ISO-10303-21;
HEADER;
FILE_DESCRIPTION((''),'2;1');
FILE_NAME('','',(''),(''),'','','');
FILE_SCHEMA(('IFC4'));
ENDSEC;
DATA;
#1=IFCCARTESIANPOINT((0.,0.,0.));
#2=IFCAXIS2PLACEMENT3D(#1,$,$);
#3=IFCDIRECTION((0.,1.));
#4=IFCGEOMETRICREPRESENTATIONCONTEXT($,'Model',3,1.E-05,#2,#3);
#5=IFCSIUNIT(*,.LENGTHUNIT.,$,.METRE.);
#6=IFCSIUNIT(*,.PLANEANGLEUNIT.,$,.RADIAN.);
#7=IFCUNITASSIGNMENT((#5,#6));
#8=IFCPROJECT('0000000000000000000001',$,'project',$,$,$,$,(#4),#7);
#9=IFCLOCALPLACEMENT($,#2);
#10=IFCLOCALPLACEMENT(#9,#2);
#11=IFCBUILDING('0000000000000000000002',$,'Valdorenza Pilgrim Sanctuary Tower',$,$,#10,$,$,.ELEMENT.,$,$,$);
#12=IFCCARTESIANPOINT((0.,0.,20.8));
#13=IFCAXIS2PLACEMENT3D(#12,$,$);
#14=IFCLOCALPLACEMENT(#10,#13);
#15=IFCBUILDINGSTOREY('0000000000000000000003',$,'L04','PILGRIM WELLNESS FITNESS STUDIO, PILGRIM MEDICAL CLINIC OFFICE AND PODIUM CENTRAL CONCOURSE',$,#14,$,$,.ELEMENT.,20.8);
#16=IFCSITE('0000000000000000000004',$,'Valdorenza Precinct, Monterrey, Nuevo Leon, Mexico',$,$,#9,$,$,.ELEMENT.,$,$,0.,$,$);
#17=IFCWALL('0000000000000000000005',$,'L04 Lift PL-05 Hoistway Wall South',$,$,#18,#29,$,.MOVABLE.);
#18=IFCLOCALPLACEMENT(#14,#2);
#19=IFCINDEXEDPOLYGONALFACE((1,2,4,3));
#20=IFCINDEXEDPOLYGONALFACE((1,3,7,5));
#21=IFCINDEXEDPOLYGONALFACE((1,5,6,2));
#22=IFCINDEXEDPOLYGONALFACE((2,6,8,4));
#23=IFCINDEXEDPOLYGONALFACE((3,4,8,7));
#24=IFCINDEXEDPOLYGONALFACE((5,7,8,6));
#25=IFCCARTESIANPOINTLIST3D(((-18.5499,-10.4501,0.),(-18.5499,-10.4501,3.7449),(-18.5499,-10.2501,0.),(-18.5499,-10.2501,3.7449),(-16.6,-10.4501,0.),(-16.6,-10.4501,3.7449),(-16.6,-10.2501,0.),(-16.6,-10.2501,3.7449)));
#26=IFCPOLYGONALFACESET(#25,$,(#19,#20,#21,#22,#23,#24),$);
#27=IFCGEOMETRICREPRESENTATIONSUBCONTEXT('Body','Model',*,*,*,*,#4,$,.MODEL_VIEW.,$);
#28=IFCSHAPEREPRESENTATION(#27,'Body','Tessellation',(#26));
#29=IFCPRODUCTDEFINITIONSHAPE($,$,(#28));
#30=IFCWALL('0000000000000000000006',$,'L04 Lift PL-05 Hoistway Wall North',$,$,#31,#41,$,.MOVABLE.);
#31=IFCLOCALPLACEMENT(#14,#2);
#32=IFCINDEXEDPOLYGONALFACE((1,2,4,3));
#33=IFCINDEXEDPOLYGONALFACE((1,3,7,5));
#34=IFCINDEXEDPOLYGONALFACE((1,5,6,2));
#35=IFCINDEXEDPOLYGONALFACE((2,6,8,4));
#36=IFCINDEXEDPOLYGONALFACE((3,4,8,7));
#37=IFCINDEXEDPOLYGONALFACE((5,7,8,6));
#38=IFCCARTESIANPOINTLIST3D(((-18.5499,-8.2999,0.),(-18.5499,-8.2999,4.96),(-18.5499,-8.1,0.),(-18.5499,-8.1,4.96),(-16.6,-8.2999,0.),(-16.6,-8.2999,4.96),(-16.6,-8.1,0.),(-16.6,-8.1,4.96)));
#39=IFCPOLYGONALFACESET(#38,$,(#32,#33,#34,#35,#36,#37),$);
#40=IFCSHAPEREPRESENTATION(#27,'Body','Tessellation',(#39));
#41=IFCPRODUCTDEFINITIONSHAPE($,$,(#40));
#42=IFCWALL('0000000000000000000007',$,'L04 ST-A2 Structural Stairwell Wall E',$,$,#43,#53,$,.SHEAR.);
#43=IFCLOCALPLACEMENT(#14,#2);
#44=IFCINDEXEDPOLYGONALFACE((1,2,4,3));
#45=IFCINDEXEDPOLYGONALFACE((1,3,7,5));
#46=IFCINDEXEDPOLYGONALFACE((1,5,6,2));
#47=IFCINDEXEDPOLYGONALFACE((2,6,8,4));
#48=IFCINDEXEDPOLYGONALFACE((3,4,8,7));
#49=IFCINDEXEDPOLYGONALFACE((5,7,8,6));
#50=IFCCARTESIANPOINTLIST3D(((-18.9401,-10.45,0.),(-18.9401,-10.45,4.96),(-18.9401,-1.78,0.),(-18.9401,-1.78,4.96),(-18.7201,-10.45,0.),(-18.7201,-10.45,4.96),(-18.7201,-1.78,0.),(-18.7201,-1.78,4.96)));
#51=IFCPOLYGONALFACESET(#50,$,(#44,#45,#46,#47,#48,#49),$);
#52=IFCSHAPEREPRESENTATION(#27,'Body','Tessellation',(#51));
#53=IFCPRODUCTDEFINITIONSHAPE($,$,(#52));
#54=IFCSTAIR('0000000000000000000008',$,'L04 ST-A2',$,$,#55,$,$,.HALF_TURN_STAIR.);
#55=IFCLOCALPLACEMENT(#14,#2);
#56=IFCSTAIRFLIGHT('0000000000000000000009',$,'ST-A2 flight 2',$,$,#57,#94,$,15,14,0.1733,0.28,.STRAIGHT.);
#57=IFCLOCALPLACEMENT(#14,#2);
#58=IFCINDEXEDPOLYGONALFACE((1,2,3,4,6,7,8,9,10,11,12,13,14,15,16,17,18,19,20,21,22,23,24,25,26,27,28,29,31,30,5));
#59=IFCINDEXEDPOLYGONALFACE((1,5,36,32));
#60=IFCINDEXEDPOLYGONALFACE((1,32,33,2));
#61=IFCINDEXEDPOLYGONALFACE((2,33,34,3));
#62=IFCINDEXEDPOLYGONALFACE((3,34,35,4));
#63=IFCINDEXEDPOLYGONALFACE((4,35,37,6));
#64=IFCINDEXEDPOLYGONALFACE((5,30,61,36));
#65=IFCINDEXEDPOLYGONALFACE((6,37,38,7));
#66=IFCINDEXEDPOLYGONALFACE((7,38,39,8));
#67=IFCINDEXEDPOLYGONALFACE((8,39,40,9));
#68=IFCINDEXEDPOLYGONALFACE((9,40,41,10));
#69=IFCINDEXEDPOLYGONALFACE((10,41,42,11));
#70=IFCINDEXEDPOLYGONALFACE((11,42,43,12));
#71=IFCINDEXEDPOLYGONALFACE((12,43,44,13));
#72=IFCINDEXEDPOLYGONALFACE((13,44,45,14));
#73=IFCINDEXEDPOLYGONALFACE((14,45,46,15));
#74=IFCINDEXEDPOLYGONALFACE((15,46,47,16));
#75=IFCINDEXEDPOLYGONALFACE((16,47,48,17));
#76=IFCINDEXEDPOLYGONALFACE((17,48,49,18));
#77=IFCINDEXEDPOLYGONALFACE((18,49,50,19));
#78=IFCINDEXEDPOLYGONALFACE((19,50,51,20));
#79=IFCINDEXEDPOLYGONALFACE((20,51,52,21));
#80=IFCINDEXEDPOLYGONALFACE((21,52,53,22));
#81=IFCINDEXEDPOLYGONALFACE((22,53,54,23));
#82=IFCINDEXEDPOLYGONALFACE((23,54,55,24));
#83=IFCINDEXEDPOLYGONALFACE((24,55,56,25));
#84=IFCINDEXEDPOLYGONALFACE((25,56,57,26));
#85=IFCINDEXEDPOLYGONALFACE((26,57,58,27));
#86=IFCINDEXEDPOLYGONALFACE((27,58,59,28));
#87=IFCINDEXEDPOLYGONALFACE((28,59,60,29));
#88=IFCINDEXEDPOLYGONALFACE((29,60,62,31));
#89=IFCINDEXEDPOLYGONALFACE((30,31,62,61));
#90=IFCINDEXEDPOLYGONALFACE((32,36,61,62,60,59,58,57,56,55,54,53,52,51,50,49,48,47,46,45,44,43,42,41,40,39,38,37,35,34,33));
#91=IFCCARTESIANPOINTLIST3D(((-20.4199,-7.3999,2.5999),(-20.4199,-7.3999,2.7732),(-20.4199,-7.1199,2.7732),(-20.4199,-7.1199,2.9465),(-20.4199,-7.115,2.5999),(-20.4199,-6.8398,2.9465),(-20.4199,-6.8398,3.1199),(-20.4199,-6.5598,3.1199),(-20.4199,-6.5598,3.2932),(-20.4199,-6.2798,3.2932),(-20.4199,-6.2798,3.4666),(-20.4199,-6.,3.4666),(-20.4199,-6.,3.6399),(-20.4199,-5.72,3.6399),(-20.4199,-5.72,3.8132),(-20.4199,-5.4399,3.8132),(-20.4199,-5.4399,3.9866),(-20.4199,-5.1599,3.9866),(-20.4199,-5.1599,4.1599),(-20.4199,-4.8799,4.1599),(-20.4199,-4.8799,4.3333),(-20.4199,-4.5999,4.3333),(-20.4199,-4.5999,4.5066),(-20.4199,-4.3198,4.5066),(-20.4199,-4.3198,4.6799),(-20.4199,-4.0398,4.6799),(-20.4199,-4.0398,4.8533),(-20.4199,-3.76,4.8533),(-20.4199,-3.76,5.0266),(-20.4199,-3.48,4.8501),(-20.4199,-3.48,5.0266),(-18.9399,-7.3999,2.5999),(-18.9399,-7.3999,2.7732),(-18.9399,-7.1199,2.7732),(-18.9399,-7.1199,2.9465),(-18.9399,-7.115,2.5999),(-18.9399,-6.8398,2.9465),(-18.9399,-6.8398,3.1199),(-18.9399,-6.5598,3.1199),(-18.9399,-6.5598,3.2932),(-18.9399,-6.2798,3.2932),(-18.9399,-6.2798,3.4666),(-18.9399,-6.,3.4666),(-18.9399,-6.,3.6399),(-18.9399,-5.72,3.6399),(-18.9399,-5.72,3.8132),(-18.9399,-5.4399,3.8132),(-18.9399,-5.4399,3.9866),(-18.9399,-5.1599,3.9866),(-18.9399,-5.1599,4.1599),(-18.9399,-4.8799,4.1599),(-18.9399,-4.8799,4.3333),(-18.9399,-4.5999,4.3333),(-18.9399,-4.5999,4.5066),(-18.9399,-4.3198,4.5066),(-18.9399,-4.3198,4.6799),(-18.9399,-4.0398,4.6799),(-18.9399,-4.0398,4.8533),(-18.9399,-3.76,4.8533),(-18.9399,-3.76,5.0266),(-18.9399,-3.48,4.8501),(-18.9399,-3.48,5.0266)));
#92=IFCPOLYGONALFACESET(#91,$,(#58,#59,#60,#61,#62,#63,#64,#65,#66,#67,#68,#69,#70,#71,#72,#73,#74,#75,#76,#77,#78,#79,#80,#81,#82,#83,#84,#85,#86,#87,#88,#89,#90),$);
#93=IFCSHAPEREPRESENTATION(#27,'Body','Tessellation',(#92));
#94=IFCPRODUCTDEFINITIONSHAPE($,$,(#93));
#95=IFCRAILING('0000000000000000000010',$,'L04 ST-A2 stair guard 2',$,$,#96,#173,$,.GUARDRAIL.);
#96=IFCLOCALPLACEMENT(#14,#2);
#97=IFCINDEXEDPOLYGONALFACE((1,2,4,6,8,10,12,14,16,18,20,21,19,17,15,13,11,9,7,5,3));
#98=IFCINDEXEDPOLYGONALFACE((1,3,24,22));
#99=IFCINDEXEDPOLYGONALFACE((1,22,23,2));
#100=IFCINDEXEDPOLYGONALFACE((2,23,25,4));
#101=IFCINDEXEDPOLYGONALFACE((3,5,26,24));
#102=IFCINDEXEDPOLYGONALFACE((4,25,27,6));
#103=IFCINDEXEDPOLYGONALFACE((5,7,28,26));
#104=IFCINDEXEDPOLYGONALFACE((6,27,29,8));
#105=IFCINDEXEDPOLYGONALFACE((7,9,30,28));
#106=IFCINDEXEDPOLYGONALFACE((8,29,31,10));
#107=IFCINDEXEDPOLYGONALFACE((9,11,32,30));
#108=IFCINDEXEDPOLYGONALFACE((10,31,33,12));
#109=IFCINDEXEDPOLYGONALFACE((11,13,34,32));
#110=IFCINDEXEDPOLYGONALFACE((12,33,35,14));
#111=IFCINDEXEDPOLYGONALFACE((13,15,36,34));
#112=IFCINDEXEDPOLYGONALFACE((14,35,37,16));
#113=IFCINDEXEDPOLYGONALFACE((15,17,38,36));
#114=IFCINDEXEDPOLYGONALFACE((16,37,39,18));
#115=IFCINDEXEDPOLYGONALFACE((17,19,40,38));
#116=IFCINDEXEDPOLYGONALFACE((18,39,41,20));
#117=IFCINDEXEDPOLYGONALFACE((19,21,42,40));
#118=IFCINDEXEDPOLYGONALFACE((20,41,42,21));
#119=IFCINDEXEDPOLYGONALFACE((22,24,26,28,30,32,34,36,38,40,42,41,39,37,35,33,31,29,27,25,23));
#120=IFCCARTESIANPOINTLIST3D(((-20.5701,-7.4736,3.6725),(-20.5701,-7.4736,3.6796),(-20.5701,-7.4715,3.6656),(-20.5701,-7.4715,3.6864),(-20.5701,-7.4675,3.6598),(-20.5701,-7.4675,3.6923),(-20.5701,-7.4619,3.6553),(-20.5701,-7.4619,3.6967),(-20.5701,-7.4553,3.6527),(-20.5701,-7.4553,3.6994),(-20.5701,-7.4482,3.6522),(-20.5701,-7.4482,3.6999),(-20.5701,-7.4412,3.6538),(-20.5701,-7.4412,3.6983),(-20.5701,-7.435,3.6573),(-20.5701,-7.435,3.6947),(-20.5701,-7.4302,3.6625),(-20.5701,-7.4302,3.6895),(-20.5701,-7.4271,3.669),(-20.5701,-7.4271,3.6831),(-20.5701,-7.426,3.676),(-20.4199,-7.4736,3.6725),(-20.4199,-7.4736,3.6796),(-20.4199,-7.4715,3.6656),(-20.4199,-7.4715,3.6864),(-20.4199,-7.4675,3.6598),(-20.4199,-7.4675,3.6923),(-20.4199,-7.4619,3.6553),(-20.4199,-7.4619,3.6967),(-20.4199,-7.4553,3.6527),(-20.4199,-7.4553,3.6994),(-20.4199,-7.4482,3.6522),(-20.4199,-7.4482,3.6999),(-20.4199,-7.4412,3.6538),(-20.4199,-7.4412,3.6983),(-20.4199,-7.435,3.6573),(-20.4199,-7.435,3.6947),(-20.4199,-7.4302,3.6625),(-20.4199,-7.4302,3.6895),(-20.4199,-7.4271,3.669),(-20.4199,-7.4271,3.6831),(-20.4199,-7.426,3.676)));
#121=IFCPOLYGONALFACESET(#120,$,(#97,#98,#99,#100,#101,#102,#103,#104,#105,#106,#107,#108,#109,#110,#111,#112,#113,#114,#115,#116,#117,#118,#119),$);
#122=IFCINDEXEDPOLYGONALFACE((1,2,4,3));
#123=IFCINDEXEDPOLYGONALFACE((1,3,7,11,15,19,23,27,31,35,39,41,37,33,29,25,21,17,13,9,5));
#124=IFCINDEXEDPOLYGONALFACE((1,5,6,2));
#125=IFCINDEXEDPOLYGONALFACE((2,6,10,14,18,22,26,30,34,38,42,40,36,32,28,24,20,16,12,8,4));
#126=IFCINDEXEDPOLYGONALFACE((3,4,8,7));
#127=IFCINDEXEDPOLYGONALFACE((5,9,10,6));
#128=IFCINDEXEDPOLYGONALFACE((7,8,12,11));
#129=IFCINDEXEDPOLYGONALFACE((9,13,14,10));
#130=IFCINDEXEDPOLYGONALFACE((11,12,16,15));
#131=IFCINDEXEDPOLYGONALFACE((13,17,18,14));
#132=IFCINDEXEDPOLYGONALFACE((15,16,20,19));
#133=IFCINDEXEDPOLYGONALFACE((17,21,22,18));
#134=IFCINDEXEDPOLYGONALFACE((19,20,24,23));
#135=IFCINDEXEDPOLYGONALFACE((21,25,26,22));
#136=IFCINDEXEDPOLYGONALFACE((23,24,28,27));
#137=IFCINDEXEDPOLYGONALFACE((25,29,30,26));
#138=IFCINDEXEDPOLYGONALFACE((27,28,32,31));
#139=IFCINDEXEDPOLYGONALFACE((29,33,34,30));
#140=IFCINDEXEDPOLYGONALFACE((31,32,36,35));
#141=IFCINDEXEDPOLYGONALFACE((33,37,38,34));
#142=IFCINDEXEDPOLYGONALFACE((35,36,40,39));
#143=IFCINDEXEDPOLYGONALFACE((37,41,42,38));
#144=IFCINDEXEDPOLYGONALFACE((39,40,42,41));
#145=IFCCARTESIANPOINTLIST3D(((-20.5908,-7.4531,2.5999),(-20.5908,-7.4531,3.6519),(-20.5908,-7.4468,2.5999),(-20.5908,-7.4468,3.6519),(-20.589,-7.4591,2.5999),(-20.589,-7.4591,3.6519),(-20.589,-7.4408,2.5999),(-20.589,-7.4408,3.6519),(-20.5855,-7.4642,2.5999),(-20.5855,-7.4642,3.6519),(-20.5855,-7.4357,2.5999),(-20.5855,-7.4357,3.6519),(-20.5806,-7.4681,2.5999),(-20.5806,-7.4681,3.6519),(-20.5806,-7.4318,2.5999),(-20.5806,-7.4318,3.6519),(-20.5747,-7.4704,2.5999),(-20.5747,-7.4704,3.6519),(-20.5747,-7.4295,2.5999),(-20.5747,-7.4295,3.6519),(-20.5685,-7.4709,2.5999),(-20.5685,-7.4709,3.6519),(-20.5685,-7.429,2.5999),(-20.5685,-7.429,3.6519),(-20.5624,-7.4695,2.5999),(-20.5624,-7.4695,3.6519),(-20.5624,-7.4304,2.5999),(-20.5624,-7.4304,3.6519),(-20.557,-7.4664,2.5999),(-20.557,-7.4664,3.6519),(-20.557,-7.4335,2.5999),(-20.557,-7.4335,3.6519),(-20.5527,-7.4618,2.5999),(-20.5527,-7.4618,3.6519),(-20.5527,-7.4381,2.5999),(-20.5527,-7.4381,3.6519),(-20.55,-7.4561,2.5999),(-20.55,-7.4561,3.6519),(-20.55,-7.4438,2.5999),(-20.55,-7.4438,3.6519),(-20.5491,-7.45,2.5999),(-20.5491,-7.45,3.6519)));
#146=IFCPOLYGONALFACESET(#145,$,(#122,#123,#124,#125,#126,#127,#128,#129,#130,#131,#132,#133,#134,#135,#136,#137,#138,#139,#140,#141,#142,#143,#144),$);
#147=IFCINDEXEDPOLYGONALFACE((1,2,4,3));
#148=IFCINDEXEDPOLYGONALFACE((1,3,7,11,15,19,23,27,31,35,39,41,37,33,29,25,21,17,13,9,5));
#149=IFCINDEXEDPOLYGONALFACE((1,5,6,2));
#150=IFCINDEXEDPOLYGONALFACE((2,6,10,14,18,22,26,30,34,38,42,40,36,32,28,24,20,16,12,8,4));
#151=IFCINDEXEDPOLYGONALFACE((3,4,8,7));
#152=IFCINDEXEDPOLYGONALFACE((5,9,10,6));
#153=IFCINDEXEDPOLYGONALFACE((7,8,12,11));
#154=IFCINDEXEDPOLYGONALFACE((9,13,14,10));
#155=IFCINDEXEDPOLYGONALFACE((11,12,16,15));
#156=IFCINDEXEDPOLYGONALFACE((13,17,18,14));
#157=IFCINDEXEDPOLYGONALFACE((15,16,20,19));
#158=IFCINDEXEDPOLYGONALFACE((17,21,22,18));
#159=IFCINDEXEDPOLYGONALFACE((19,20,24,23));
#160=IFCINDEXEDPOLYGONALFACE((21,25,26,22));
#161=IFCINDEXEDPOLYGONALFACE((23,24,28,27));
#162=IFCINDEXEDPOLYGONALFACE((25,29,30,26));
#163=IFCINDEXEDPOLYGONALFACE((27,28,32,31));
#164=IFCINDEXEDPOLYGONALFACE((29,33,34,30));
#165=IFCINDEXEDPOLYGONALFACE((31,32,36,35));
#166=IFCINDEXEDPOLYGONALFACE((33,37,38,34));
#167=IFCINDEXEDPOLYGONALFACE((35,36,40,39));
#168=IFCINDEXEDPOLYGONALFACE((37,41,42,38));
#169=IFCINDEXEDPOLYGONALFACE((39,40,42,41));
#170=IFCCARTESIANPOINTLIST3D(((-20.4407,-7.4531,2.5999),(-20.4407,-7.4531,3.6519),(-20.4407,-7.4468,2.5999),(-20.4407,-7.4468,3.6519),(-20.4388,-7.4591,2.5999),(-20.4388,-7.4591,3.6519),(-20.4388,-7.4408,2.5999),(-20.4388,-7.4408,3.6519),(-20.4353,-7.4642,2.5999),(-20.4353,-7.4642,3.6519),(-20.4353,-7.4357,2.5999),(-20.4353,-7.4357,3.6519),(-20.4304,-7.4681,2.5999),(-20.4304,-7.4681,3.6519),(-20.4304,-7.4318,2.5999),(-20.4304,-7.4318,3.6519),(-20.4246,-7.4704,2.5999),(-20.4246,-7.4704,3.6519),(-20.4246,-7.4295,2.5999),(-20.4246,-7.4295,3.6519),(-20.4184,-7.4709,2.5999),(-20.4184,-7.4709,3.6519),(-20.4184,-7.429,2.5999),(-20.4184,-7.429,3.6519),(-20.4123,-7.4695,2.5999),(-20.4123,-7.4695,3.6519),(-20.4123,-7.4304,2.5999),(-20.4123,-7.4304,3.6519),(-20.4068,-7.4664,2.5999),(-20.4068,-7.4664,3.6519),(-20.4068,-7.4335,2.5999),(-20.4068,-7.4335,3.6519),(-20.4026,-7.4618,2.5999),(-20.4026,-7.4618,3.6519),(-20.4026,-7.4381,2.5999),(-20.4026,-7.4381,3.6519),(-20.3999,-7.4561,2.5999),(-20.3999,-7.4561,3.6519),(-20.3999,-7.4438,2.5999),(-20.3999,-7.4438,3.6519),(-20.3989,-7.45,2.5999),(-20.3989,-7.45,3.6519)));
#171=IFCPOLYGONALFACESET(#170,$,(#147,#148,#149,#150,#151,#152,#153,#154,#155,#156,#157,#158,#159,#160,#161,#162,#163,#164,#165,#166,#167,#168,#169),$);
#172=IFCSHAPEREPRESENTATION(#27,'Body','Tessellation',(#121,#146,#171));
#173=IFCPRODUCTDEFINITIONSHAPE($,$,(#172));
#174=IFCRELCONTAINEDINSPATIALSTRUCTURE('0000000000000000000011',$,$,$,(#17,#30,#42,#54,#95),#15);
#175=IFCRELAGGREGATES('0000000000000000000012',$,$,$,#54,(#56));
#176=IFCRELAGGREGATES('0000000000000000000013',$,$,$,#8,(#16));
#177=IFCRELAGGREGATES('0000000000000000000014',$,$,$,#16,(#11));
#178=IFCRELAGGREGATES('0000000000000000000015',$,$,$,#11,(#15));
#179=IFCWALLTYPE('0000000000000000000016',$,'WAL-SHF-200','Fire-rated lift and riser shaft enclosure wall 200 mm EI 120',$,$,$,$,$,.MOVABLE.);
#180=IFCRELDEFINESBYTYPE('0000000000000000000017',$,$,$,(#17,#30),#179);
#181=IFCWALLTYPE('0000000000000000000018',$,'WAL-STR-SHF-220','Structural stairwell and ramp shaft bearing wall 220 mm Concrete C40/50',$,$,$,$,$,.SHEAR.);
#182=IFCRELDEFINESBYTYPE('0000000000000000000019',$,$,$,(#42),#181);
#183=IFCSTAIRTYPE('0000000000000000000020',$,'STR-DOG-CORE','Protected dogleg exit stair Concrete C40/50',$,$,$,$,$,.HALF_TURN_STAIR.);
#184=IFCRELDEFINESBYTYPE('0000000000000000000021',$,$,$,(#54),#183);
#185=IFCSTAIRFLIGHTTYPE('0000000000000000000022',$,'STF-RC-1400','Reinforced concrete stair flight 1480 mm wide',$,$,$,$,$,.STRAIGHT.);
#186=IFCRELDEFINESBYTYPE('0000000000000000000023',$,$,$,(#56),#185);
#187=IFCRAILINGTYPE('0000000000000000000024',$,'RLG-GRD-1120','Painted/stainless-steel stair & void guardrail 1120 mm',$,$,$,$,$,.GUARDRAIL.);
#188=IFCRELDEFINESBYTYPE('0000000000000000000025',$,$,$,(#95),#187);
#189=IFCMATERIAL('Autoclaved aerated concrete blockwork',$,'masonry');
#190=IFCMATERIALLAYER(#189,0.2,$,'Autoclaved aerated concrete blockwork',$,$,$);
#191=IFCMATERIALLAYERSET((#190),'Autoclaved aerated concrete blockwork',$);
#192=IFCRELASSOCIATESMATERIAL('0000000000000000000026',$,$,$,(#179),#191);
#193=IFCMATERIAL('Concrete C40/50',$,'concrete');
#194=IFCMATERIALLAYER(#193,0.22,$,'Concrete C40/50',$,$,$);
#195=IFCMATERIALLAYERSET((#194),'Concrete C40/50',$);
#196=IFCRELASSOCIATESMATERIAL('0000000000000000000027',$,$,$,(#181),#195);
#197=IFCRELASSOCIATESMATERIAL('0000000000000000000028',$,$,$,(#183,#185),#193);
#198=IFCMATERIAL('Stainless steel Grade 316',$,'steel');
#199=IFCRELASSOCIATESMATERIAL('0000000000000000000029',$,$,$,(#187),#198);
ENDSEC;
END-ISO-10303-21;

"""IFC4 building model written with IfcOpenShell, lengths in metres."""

from ifc_helpers import new_model, si_unit, direction, frame, frame_2d, origin, origin_2d, place, context, subcontext, project, spatial, polyline, rectangle, circle, outline, extrude, material, layer, layer_set, type_object, element, aggregate, save


model = new_model("IFC4")

# Units and contexts
model_context = context("Model", 3, precision=1e-05, world=origin(), true_north=direction((0.0, 1.0)))
body_context = subcontext(model_context, "Body", "Model", "MODEL_VIEW")
ifc_project = project(units=[si_unit("LENGTHUNIT", "METRE"), si_unit("PLANEANGLEUNIT", "RADIAN")], contexts=[model_context])

# Site, building, storey
site_placement = place(None, origin())
site = spatial("IfcSite", under=ifc_project, at=site_placement, Name="Valdorenza Precinct, Monterrey, Nuevo Leon, Mexico", CompositionType="ELEMENT", RefElevation=0.0)
building_placement = place(site_placement, origin())
building = spatial("IfcBuilding", under=site, at=building_placement, Name="Valdorenza Pilgrim Sanctuary Tower", CompositionType="ELEMENT")
storey_placement = place(building_placement, frame((0.0, 0.0, 20.8)))
storey = spatial("IfcBuildingStorey", under=building, at=storey_placement, Name="L04", Description="PILGRIM WELLNESS FITNESS STUDIO, PILGRIM MEDICAL CLINIC OFFICE AND PODIUM CENTRAL CONCOURSE", CompositionType="ELEMENT", Elevation=20.8)

# Shared definitions
ifc_material_1 = material(Name="Autoclaved aerated concrete blockwork", Category="masonry")
ifc_layer_1 = layer(ifc_material_1, 0.2, Name="Autoclaved aerated concrete blockwork")
ifc_layer_set_1 = layer_set([ifc_layer_1], Name="Autoclaved aerated concrete blockwork")
wall_type_1 = type_object("IfcWallType", Name="WAL-SHF-200", Description="Fire-rated lift and riser shaft enclosure wall 200 mm EI 120", PredefinedType="MOVABLE", material=ifc_layer_set_1)

# Walls
wall_1_placement = place(storey_placement, frame((-18.55, -10.3501, 0.0), z_axis=(0.0, 0.0, 1.0), x_axis=(1.0, 0.0, 0.0)))
element("IfcWall", 1, at=wall_1_placement, inside=storey, type_object=wall_type_1, Name="L04 Lift PL-05 Hoistway Wall South", PredefinedType="MOVABLE", context=body_context, shape_type="SweptSolid", body=[
    extrude(rectangle(XDim=1.95, YDim=0.2, at=frame_2d((0.9751, 0.0))), origin(), (0.0, 0.0, 1.0), 3.7449),
])
wall_2_placement = place(storey_placement, frame((-18.55, -8.2, 0.0), z_axis=(0.0, 0.0, 1.0), x_axis=(1.0, 0.0, 0.0)))
element("IfcWall", 2, at=wall_2_placement, inside=storey, type_object=wall_type_1, Name="L04 Lift PL-05 Hoistway Wall North", PredefinedType="MOVABLE", context=body_context, shape_type="SweptSolid", body=[
    extrude(rectangle(XDim=1.95, YDim=0.2, at=frame_2d((0.9751, 0.0))), origin(), (0.0, 0.0, 1.0), 4.96),
])
ifc_material_2 = material(Name="Concrete C40/50", Category="concrete")
ifc_layer_2 = layer(ifc_material_2, 0.22, Name="Concrete C40/50")
ifc_layer_set_2 = layer_set([ifc_layer_2], Name="Concrete C40/50")
wall_type_2 = type_object("IfcWallType", Name="WAL-STR-SHF-220", Description="Structural stairwell and ramp shaft bearing wall 220 mm Concrete C40/50", PredefinedType="SHEAR", material=ifc_layer_set_2)
wall_3_placement = place(storey_placement, frame((-18.8301, -10.45, 0.0), z_axis=(0.0, 0.0, 1.0), x_axis=(0.0, 1.0, 0.0)))
element("IfcWall", 3, at=wall_3_placement, inside=storey, type_object=wall_type_2, Name="L04 ST-A2 Structural Stairwell Wall E", PredefinedType="SHEAR", context=body_context, shape_type="SweptSolid", body=[
    extrude(rectangle(XDim=8.6699, YDim=0.22, at=frame_2d((4.335, 0.0))), origin(), (0.0, 0.0, 1.0), 4.96),
])

# Stair, stair flight
stair_type = type_object("IfcStairType", Name="STR-DOG-CORE", Description="Protected dogleg exit stair Concrete C40/50", PredefinedType="HALF_TURN_STAIR", material=ifc_material_2)
stair_placement = place(storey_placement, origin())
stair = element("IfcStair", 4, at=stair_placement, inside=storey, type_object=stair_type, Name="L04 ST-A2", PredefinedType="HALF_TURN_STAIR")
stair_flight_type = type_object("IfcStairFlightType", Name="STF-RC-1400", Description="Reinforced concrete stair flight 1480 mm wide", PredefinedType="STRAIGHT", material=ifc_material_2)
stair_flight_placement = place(storey_placement, frame((-19.6799, -7.3999, 2.5999), z_axis=(0.0, 0.0, 1.0), x_axis=(0.0, 1.0, 0.0)))
stair_flight = element("IfcStairFlight", 5, at=stair_flight_placement, type_object=stair_flight_type, Name="ST-A2 flight 2", NumberOfRisers=15, NumberOfTreads=14, PredefinedType="STRAIGHT", RiserHeight=0.1733, TreadLength=0.28, context=body_context, shape_type="SweptSolid", body=[
    extrude(outline(polyline([(0.0, 0.0), (0.0, 0.1733), (0.28, 0.1733), (0.28, 0.3467), (0.5601, 0.3467), (0.5601, 0.52), (0.8401, 0.52), (0.8401, 0.6934), (1.1201, 0.6934), (1.1201, 0.8667), (1.3999, 0.8667), (1.3999, 1.04), (1.6799, 1.04), (1.6799, 1.2134), (1.96, 1.2134), (1.96, 1.3867), (2.24, 1.3867), (2.24, 1.5601), (2.52, 1.5601), (2.52, 1.7334), (2.8, 1.7334), (2.8, 1.9067), (3.0801, 1.9067), (3.0801, 2.0801), (3.3601, 2.0801), (3.3601, 2.2534), (3.6399, 2.2534), (3.6399, 2.4268), (3.9199, 2.4268), (3.9199, 2.6001), (3.9199, 2.2502), (0.2849, 0.0), (0.0, 0.0)])), frame((0.0, 0.74, 0.0), z_axis=(0.0, -1.0, 0.0), x_axis=(1.0, 0.0, 0.0)), (0.0, 0.0, 1.0), 1.48),
])
aggregate(stair, [stair_flight])

# Railing
ifc_material_3 = material(Name="Stainless steel Grade 316", Category="steel")
railing_type = type_object("IfcRailingType", Name="RLG-GRD-1120", Description="Painted/stainless-steel stair & void guardrail 1120 mm", PredefinedType="GUARDRAIL", material=ifc_material_3)
railing_1_placement = place(storey_placement, frame((-20.5701, -7.45, 2.5999)))
element("IfcRailing", 6, at=railing_1_placement, inside=storey, type_object=railing_type, Name="L04 ST-A2 stair guard 2", PredefinedType="GUARDRAIL", context=body_context, shape_type="SweptSolid", body=[
    extrude(circle(Radius=0.0239, at=origin_2d()), frame((0.0, 0.0, 1.0762), z_axis=(1.0, 0.0, 0.0), x_axis=(0.0, 1.0, 0.0)), (0.0, 0.0, 1.0), 0.1501),
    extrude(circle(Radius=0.021, at=origin_2d()), origin(), (0.0, 0.0, 1.0), 1.052),
    extrude(circle(Radius=0.021, at=origin_2d()), frame((0.1501, 0.0, 0.0)), (0.0, 0.0, 1.0), 1.052),
])

save(model, "model.ifc")
